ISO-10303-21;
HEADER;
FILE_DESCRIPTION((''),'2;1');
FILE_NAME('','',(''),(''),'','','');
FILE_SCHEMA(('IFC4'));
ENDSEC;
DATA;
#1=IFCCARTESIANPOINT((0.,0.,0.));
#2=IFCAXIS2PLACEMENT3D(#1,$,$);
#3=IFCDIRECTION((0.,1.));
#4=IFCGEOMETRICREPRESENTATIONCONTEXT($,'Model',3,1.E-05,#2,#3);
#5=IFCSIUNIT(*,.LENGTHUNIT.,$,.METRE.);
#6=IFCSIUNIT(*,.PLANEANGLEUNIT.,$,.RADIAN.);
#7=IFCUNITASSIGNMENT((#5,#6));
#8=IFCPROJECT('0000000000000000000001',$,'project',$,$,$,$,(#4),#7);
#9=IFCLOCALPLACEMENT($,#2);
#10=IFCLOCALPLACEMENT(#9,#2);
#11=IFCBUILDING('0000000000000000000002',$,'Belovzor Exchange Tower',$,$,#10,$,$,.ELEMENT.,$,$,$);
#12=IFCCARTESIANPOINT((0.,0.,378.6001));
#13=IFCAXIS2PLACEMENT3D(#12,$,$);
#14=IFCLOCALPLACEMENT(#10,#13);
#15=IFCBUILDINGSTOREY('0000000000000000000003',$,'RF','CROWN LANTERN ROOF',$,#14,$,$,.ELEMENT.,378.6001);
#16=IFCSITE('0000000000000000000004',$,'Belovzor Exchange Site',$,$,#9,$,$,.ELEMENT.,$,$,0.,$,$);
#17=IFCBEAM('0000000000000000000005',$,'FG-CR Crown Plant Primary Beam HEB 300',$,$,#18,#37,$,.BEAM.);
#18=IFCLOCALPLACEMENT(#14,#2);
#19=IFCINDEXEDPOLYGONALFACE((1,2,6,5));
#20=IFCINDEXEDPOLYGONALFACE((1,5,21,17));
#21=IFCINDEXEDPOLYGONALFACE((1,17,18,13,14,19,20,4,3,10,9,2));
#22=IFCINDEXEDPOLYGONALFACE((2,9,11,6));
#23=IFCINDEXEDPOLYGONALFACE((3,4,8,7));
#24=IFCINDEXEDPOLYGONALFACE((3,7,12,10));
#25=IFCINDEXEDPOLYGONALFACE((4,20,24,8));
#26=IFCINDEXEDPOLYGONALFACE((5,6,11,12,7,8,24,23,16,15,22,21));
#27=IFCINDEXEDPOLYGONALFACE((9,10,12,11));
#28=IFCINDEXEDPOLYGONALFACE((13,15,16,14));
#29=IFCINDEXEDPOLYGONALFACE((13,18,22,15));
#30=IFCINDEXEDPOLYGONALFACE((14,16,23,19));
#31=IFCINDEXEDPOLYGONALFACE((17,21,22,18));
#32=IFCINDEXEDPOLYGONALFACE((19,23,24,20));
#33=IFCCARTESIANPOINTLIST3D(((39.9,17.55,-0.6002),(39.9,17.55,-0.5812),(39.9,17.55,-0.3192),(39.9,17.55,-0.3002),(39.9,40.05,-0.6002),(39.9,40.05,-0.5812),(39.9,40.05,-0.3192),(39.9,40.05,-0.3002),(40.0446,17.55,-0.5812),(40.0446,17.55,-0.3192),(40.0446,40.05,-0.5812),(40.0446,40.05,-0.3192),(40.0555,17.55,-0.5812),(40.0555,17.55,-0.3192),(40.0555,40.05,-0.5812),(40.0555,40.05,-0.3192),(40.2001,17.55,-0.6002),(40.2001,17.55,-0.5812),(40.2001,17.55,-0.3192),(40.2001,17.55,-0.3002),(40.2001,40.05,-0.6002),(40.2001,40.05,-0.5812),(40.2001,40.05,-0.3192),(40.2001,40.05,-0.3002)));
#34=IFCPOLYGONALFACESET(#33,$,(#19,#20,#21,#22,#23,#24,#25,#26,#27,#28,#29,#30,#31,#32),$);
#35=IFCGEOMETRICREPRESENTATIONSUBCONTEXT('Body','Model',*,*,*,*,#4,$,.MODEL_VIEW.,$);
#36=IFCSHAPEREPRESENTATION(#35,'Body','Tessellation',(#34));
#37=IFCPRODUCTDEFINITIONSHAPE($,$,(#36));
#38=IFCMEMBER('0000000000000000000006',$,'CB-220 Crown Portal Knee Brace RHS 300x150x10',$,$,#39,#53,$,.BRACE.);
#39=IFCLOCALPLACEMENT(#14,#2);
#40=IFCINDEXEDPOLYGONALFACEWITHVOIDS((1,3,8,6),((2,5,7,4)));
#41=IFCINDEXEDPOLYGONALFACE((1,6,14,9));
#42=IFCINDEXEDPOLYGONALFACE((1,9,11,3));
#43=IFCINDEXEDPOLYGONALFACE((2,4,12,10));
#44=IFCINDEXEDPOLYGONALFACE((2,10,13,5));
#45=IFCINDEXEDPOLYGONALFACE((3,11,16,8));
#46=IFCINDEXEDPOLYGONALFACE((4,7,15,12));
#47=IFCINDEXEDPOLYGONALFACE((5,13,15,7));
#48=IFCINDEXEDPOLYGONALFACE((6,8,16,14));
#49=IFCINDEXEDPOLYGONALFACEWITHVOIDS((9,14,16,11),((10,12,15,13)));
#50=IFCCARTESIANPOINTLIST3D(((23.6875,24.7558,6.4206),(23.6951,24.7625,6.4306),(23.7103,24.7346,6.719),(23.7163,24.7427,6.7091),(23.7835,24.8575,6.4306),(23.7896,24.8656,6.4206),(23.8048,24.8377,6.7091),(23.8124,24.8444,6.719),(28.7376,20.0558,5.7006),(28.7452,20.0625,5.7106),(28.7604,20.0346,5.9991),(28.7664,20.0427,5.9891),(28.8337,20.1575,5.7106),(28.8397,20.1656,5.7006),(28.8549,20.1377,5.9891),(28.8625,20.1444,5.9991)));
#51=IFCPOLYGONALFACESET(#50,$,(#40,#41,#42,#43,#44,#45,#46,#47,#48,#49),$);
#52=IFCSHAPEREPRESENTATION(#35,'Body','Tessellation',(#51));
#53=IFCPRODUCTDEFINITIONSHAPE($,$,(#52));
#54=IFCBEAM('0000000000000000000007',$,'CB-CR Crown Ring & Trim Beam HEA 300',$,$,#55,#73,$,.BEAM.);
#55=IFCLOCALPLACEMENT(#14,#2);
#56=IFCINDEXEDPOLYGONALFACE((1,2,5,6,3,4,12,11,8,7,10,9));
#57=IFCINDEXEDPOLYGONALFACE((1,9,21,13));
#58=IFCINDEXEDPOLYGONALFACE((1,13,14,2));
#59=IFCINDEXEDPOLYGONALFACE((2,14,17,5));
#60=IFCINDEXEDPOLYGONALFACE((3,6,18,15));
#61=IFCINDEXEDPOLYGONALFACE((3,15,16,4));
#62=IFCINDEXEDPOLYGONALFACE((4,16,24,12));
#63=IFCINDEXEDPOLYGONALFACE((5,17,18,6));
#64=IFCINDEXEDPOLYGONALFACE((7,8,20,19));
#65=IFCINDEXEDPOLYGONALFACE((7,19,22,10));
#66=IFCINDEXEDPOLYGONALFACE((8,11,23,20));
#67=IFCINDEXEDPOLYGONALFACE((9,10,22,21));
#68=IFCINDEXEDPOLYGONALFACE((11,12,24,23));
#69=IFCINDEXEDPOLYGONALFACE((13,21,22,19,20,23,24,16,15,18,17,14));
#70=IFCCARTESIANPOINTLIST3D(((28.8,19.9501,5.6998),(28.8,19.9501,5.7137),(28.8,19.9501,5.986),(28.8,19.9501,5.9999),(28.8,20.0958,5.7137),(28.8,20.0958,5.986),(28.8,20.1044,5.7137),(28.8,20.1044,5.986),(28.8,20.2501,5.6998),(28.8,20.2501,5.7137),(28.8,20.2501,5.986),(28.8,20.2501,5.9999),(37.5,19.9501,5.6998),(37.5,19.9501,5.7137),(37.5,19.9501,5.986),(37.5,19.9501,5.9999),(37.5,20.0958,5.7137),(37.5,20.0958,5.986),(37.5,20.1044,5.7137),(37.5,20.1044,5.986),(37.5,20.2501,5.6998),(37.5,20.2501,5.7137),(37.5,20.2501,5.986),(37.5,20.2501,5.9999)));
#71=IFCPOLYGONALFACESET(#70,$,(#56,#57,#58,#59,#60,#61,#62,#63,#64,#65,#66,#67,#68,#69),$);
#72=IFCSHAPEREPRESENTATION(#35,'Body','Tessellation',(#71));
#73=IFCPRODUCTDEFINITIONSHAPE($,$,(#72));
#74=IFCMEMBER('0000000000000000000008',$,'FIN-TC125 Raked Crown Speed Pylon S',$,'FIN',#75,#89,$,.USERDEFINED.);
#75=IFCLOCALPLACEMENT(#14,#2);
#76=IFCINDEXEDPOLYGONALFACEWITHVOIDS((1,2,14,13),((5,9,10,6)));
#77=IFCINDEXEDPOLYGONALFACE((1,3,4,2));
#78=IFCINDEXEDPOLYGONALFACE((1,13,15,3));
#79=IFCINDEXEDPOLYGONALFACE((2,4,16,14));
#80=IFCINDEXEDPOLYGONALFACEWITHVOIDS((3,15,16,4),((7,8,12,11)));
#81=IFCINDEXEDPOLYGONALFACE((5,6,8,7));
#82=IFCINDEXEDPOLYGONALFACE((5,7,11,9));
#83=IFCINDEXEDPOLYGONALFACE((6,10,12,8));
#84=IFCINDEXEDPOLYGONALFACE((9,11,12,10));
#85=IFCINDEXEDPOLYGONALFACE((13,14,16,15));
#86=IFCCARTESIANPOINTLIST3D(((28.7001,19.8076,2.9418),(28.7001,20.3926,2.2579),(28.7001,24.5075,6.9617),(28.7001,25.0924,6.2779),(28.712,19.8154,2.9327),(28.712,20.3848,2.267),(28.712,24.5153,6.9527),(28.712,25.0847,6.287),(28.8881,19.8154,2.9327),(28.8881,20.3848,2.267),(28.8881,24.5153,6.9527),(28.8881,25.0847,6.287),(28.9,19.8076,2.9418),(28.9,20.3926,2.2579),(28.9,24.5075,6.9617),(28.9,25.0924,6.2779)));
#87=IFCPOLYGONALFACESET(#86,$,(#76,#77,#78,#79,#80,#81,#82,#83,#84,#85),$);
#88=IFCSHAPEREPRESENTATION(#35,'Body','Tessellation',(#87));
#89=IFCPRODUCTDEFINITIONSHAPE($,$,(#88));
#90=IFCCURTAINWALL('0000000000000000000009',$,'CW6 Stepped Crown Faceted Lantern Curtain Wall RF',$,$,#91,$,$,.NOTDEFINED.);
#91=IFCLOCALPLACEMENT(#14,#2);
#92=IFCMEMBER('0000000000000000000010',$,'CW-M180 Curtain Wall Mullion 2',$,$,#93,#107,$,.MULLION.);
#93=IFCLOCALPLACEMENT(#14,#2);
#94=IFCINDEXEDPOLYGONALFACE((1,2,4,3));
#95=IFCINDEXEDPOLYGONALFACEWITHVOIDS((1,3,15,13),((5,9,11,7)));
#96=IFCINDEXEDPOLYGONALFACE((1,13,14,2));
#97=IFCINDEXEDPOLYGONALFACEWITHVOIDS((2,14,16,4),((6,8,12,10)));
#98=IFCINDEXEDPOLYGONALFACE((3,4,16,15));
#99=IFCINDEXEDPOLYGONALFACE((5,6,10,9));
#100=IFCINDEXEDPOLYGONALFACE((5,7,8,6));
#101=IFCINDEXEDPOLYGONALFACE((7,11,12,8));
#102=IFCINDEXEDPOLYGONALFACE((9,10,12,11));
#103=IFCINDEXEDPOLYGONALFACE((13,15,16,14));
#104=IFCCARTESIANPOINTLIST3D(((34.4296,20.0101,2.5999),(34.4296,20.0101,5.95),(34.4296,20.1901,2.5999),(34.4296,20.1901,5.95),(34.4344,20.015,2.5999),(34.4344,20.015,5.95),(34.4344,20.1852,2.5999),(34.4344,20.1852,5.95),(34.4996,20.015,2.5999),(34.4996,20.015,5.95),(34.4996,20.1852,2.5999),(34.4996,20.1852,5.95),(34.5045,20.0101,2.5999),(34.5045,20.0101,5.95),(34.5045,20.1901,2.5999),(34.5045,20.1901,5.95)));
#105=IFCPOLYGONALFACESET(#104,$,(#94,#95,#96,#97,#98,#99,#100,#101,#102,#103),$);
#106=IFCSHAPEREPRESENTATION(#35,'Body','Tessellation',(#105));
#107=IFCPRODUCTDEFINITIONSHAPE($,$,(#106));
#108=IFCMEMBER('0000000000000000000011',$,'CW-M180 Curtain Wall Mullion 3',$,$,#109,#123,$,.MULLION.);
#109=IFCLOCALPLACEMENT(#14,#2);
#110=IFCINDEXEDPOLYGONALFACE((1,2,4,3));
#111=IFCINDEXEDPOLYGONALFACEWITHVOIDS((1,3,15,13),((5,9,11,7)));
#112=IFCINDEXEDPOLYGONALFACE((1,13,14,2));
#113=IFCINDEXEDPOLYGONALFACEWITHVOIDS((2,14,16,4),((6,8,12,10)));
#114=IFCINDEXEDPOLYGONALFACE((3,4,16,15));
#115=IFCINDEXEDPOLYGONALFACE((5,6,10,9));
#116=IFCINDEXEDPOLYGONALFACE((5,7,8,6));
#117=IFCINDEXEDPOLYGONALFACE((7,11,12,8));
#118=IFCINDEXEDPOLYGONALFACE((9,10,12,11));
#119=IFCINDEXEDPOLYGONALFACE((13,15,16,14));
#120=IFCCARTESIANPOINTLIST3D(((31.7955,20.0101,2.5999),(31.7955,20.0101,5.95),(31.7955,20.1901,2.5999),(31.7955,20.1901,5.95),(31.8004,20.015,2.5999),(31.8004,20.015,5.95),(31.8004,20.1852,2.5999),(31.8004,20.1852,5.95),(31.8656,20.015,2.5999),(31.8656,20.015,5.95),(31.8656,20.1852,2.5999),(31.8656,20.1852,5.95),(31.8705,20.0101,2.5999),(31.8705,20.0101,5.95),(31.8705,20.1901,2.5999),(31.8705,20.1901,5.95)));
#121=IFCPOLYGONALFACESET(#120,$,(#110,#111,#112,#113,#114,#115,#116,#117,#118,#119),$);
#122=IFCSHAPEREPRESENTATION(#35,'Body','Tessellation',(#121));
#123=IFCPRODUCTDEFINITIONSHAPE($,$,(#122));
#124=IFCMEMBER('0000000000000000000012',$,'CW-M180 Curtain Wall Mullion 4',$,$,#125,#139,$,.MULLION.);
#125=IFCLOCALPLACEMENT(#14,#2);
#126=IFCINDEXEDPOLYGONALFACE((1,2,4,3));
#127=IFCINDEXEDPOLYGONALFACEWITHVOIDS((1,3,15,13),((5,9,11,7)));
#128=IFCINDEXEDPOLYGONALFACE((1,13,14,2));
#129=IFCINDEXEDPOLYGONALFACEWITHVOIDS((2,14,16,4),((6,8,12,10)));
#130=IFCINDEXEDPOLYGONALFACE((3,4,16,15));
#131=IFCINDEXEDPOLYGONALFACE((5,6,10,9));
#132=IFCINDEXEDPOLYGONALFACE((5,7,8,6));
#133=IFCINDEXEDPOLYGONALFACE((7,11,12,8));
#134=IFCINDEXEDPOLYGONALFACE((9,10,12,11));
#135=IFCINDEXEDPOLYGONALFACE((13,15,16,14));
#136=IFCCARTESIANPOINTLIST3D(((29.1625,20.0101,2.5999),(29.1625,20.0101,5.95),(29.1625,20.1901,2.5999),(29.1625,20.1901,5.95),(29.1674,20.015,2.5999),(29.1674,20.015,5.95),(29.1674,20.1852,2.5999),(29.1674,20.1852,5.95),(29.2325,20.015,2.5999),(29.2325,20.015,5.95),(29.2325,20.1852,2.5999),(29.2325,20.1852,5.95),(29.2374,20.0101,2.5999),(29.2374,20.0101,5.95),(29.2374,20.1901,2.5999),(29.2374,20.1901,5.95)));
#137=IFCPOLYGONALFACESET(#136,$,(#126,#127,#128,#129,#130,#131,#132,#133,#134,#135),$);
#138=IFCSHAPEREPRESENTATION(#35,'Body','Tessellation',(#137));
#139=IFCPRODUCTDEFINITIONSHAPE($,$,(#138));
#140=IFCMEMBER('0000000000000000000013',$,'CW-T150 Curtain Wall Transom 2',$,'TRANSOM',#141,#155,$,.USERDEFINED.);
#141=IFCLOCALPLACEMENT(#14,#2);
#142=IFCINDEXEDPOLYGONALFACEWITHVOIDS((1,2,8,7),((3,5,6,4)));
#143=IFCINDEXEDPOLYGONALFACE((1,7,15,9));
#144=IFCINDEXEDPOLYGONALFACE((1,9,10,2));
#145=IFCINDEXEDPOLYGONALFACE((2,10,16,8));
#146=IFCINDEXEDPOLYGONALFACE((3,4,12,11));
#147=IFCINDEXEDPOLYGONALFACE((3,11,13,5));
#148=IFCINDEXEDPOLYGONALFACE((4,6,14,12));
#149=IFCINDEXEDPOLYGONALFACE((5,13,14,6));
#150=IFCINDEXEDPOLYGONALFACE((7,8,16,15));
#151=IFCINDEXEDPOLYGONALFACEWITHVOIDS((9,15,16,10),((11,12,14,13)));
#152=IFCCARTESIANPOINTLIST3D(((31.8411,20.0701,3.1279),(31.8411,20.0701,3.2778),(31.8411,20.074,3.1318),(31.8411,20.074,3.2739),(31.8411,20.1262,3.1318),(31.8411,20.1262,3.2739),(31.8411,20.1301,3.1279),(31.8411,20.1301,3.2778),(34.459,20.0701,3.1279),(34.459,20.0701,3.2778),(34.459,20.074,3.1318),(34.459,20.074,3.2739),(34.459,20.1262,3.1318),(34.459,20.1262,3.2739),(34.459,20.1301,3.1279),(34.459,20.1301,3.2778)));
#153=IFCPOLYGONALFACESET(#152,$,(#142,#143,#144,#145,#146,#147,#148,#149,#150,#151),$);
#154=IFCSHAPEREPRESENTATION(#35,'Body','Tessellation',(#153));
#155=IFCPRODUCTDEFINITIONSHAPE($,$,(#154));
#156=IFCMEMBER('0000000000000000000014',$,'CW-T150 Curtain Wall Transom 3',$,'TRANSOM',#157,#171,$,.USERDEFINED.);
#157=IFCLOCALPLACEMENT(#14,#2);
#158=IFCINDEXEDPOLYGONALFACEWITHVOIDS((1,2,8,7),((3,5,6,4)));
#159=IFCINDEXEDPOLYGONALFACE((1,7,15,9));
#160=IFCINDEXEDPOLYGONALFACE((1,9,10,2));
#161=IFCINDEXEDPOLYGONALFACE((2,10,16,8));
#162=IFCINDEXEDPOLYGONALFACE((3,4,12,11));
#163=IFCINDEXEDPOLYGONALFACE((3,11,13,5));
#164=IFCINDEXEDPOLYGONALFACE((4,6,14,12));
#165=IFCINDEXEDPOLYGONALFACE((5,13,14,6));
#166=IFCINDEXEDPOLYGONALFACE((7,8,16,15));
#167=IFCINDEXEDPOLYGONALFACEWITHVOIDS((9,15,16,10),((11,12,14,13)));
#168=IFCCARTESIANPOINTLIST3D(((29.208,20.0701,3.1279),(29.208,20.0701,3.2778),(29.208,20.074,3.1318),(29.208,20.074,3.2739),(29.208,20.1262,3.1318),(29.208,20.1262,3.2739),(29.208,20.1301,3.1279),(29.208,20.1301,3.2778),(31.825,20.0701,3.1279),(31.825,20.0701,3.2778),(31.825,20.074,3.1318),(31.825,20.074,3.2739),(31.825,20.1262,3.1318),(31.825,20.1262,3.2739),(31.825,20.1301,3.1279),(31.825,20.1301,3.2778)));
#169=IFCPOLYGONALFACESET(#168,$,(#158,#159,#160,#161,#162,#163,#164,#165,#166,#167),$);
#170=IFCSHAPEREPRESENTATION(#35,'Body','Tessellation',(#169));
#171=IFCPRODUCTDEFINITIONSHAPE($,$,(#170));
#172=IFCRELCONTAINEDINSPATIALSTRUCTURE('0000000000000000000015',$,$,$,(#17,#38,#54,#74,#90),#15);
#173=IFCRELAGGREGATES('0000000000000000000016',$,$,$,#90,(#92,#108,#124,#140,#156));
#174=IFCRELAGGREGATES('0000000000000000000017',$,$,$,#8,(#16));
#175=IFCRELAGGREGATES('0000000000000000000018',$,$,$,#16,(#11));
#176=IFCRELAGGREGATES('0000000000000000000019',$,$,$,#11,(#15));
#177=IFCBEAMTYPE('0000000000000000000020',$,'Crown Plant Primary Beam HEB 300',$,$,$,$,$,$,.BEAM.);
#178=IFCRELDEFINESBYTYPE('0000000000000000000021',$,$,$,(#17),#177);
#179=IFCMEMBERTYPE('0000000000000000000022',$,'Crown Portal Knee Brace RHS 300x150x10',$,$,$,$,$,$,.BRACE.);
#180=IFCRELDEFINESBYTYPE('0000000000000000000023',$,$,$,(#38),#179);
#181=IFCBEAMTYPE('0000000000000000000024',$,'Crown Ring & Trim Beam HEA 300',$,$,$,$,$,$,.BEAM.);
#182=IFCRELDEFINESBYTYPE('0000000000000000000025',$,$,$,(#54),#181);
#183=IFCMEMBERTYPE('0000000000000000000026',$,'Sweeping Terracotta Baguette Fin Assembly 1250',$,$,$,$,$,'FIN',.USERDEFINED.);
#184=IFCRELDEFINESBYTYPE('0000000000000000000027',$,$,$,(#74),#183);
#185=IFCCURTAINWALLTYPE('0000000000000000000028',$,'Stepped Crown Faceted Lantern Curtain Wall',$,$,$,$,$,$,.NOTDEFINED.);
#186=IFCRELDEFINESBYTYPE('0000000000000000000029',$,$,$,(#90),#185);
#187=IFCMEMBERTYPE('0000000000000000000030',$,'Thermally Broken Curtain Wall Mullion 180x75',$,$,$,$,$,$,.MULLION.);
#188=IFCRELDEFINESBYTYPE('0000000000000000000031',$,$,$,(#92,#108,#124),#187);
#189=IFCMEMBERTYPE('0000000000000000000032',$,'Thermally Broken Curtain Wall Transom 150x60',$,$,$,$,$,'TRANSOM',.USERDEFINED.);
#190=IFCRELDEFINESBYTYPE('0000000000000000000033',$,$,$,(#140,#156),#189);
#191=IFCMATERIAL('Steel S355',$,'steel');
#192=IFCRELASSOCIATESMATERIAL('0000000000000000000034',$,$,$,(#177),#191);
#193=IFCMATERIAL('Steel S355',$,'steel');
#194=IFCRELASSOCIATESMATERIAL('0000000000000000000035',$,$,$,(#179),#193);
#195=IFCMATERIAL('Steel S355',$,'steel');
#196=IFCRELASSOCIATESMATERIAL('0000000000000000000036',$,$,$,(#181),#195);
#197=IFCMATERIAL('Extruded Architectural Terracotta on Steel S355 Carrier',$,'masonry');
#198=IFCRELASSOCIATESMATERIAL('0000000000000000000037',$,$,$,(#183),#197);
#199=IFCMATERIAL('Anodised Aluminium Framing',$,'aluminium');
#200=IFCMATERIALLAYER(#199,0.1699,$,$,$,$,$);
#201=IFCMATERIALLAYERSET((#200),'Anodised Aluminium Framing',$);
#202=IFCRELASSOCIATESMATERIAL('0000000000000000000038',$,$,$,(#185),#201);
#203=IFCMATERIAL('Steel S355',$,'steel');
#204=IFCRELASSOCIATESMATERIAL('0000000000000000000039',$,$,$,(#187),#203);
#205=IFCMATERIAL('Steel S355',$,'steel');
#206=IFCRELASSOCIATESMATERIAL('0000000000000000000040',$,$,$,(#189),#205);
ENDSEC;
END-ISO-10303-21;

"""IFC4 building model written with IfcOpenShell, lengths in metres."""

from ifc_helpers import new_model, si_unit, direction, frame, origin, origin_2d, place, context, subcontext, project, spatial, hollow_rectangle, i_section, extrude, material, layer, layer_set, material_profile, profile_set, type_object, element, aggregate, save


model = new_model("IFC4")

# Units and contexts
model_context = context("Model", 3, precision=1e-05, world=origin(), true_north=direction((0.0, 1.0)))
body_context = subcontext(model_context, "Body", "Model", "MODEL_VIEW")
ifc_project = project(units=[si_unit("LENGTHUNIT", "METRE"), si_unit("PLANEANGLEUNIT", "RADIAN")], contexts=[model_context])

# Site, building, storey
site_placement = place(None, origin())
site = spatial("IfcSite", under=ifc_project, at=site_placement, Name="Belovzor Exchange Site", CompositionType="ELEMENT", RefElevation=0.0)
building_placement = place(site_placement, origin())
building = spatial("IfcBuilding", under=site, at=building_placement, Name="Belovzor Exchange Tower", CompositionType="ELEMENT")
storey_placement = place(building_placement, frame((0.0, 0.0, 378.6001)))
storey = spatial("IfcBuildingStorey", under=building, at=storey_placement, Name="RF", Description="CROWN LANTERN ROOF", CompositionType="ELEMENT", Elevation=378.6001)

# Beam
ifc_material_1 = material(Name="Steel S355", Category="steel")
ifc_material_profile_1 = material_profile(ifc_material_1, i_section(OverallWidth=0.3, OverallDepth=0.3, WebThickness=0.011, FlangeThickness=0.019, at=origin_2d()))
ifc_profile_set_1 = profile_set([ifc_material_profile_1], Name="Steel S355")
beam_type_1 = type_object("IfcBeamType", Name="Crown Plant Primary Beam HEB 300", PredefinedType="BEAM", material=ifc_profile_set_1)
beam_1_placement = place(storey_placement, frame((40.05, 17.55, -0.4502), z_axis=(0.0, 1.0, 0.0), x_axis=(-1.0, 0.0, 0.0)))
element("IfcBeam", 1, at=beam_1_placement, inside=storey, type_object=beam_type_1, Name="FG-CR Crown Plant Primary Beam HEB 300", PredefinedType="BEAM", context=body_context, shape_type="SweptSolid", body=[
    extrude(i_section(OverallWidth=0.3, OverallDepth=0.3, WebThickness=0.011, FlangeThickness=0.019, at=origin_2d()), origin(), (0.0, 0.0, 1.0), 22.5),
])

# Member
ifc_material_2 = material(Name="Steel S355", Category="steel")
ifc_material_profile_2 = material_profile(ifc_material_2, hollow_rectangle(XDim=0.1499, YDim=0.3, WallThickness=0.01, at=origin_2d()))
ifc_profile_set_2 = profile_set([ifc_material_profile_2], Name="Steel S355")
member_type_1 = type_object("IfcMemberType", Name="Crown Portal Knee Brace RHS 300x150x10", PredefinedType="BRACE", material=ifc_profile_set_2)
member_1_placement = place(storey_placement, frame((28.8, 20.1001, 5.8499), z_axis=(-0.728071, 0.677597, 0.103799), x_axis=(-0.681277, -0.732025, 0.0)))
element("IfcMember", 2, at=member_1_placement, inside=storey, type_object=member_type_1, Name="CB-220 Crown Portal Knee Brace RHS 300x150x10", PredefinedType="BRACE", context=body_context, shape_type="SweptSolid", body=[
    extrude(hollow_rectangle(XDim=0.1499, YDim=0.3, WallThickness=0.01, at=origin_2d()), origin(), (0.0, 0.0, 1.0), 6.9363),
])

# Beam
ifc_material_3 = material(Name="Steel S355", Category="steel")
ifc_material_profile_3 = material_profile(ifc_material_3, i_section(OverallWidth=0.3, OverallDepth=0.3, WebThickness=0.0085, FlangeThickness=0.0139, at=origin_2d()))
ifc_profile_set_3 = profile_set([ifc_material_profile_3], Name="Steel S355")
beam_type_2 = type_object("IfcBeamType", Name="Crown Ring & Trim Beam HEA 300", PredefinedType="BEAM", material=ifc_profile_set_3)
beam_2_placement = place(storey_placement, frame((28.8, 20.1001, 5.8499), z_axis=(1.0, 0.0, 0.0), x_axis=(0.0, 1.0, 0.0)))
element("IfcBeam", 3, at=beam_2_placement, inside=storey, type_object=beam_type_2, Name="CB-CR Crown Ring & Trim Beam HEA 300", PredefinedType="BEAM", context=body_context, shape_type="SweptSolid", body=[
    extrude(i_section(OverallWidth=0.3, OverallDepth=0.3, WebThickness=0.0085, FlangeThickness=0.0139, at=origin_2d()), origin(), (0.0, 0.0, 1.0), 8.7),
])

# Member
ifc_material_4 = material(Name="Extruded Architectural Terracotta on Steel S355 Carrier", Category="masonry")
ifc_material_profile_4 = material_profile(ifc_material_4, hollow_rectangle(XDim=0.2, YDim=0.8999, WallThickness=0.012, at=origin_2d()))
ifc_profile_set_4 = profile_set([ifc_material_profile_4], Name="Extruded Architectural Terracotta on Steel S355 Carrier")
member_type_2 = type_object("IfcMemberType", Name="Sweeping Terracotta Baguette Fin Assembly 1250", ElementType="FIN", PredefinedType="USERDEFINED", material=ifc_profile_set_4)
member_2_placement = place(storey_placement, frame((28.8, 20.1001, 2.5999), z_axis=(0.0, 0.759936, 0.649998), x_axis=(-1.0, 0.0, 0.0)))
element("IfcMember", 4, at=member_2_placement, inside=storey, type_object=member_type_2, Name="FIN-TC125 Raked Crown Speed Pylon S", ObjectType="FIN", PredefinedType="USERDEFINED", context=body_context, shape_type="SweptSolid", body=[
    extrude(hollow_rectangle(XDim=0.2, YDim=0.8999, WallThickness=0.012, at=origin_2d()), origin(), (0.0, 0.0, 1.0), 6.1846),
])

# Curtain wall, members
ifc_material_5 = material(Name="Anodised Aluminium Framing", Category="aluminium")
ifc_layer_1 = layer(ifc_material_5, 0.1699)
ifc_layer_set_1 = layer_set([ifc_layer_1], Name="Anodised Aluminium Framing")
curtain_wall_type = type_object("IfcCurtainWallType", Name="Stepped Crown Faceted Lantern Curtain Wall", PredefinedType="NOTDEFINED", material=ifc_layer_set_1)
curtain_wall_placement = place(storey_placement, origin())
curtain_wall = element("IfcCurtainWall", 5, at=curtain_wall_placement, inside=storey, type_object=curtain_wall_type, Name="CW6 Stepped Crown Faceted Lantern Curtain Wall RF", PredefinedType="NOTDEFINED")
ifc_material_6 = material(Name="Steel S355", Category="steel")
ifc_material_profile_5 = material_profile(ifc_material_6, hollow_rectangle(XDim=0.075, YDim=0.1799, WallThickness=0.0049, at=origin_2d()))
ifc_profile_set_5 = profile_set([ifc_material_profile_5], Name="Steel S355")
member_type_3 = type_object("IfcMemberType", Name="Thermally Broken Curtain Wall Mullion 180x75", PredefinedType="MULLION", material=ifc_profile_set_5)
member_3_placement = place(storey_placement, frame((34.467, 20.1001, 2.5999), z_axis=(0.0, 0.0, 1.0), x_axis=(-1.0, 0.0, 0.0)))
member_3 = element("IfcMember", 6, at=member_3_placement, type_object=member_type_3, Name="CW-M180 Curtain Wall Mullion 2", PredefinedType="MULLION", context=body_context, shape_type="SweptSolid", body=[
    extrude(hollow_rectangle(XDim=0.075, YDim=0.1799, WallThickness=0.0049, at=origin_2d()), origin(), (0.0, 0.0, 1.0), 3.3501),
])
member_4_placement = place(storey_placement, frame((31.833, 20.1001, 2.5999), z_axis=(0.0, 0.0, 1.0), x_axis=(-1.0, 0.0, 0.0)))
member_4 = element("IfcMember", 7, at=member_4_placement, type_object=member_type_3, Name="CW-M180 Curtain Wall Mullion 3", PredefinedType="MULLION", context=body_context, shape_type="SweptSolid", body=[
    extrude(hollow_rectangle(XDim=0.075, YDim=0.1799, WallThickness=0.0049, at=origin_2d()), origin(), (0.0, 0.0, 1.0), 3.3501),
])
member_5_placement = place(storey_placement, frame((29.2, 20.1001, 2.5999), z_axis=(0.0, 0.0, 1.0), x_axis=(-1.0, 0.0, 0.0)))
member_5 = element("IfcMember", 8, at=member_5_placement, type_object=member_type_3, Name="CW-M180 Curtain Wall Mullion 4", PredefinedType="MULLION", context=body_context, shape_type="SweptSolid", body=[
    extrude(hollow_rectangle(XDim=0.075, YDim=0.1799, WallThickness=0.0049, at=origin_2d()), origin(), (0.0, 0.0, 1.0), 3.3501),
])
ifc_material_7 = material(Name="Steel S355", Category="steel")
ifc_material_profile_6 = material_profile(ifc_material_7, hollow_rectangle(XDim=0.0601, YDim=0.1499, WallThickness=0.0039, at=origin_2d()))
ifc_profile_set_6 = profile_set([ifc_material_profile_6], Name="Steel S355")
member_type_4 = type_object("IfcMemberType", Name="Thermally Broken Curtain Wall Transom 150x60", ElementType="TRANSOM", PredefinedType="USERDEFINED", material=ifc_profile_set_6)
member_6_placement = place(storey_placement, frame((34.459, 20.1001, 3.2029), z_axis=(-1.0, 0.0, 0.0), x_axis=(0.0, -1.0, 0.0)))
member_6 = element("IfcMember", 9, at=member_6_placement, type_object=member_type_4, Name="CW-T150 Curtain Wall Transom 2", ObjectType="TRANSOM", PredefinedType="USERDEFINED", context=body_context, shape_type="SweptSolid", body=[
    extrude(hollow_rectangle(XDim=0.0601, YDim=0.1499, WallThickness=0.0039, at=origin_2d()), origin(), (0.0, 0.0, 1.0), 2.6179),
])
member_7_placement = place(storey_placement, frame((31.825, 20.1001, 3.2029), z_axis=(-1.0, 0.0, 0.0), x_axis=(0.0, -1.0, 0.0)))
member_7 = element("IfcMember", 10, at=member_7_placement, type_object=member_type_4, Name="CW-T150 Curtain Wall Transom 3", ObjectType="TRANSOM", PredefinedType="USERDEFINED", context=body_context, shape_type="SweptSolid", body=[
    extrude(hollow_rectangle(XDim=0.0601, YDim=0.1499, WallThickness=0.0039, at=origin_2d()), origin(), (0.0, 0.0, 1.0), 2.6169),
])

aggregate(curtain_wall, [member_3, member_4, member_5, member_6, member_7])

save(model, "model.ifc")
